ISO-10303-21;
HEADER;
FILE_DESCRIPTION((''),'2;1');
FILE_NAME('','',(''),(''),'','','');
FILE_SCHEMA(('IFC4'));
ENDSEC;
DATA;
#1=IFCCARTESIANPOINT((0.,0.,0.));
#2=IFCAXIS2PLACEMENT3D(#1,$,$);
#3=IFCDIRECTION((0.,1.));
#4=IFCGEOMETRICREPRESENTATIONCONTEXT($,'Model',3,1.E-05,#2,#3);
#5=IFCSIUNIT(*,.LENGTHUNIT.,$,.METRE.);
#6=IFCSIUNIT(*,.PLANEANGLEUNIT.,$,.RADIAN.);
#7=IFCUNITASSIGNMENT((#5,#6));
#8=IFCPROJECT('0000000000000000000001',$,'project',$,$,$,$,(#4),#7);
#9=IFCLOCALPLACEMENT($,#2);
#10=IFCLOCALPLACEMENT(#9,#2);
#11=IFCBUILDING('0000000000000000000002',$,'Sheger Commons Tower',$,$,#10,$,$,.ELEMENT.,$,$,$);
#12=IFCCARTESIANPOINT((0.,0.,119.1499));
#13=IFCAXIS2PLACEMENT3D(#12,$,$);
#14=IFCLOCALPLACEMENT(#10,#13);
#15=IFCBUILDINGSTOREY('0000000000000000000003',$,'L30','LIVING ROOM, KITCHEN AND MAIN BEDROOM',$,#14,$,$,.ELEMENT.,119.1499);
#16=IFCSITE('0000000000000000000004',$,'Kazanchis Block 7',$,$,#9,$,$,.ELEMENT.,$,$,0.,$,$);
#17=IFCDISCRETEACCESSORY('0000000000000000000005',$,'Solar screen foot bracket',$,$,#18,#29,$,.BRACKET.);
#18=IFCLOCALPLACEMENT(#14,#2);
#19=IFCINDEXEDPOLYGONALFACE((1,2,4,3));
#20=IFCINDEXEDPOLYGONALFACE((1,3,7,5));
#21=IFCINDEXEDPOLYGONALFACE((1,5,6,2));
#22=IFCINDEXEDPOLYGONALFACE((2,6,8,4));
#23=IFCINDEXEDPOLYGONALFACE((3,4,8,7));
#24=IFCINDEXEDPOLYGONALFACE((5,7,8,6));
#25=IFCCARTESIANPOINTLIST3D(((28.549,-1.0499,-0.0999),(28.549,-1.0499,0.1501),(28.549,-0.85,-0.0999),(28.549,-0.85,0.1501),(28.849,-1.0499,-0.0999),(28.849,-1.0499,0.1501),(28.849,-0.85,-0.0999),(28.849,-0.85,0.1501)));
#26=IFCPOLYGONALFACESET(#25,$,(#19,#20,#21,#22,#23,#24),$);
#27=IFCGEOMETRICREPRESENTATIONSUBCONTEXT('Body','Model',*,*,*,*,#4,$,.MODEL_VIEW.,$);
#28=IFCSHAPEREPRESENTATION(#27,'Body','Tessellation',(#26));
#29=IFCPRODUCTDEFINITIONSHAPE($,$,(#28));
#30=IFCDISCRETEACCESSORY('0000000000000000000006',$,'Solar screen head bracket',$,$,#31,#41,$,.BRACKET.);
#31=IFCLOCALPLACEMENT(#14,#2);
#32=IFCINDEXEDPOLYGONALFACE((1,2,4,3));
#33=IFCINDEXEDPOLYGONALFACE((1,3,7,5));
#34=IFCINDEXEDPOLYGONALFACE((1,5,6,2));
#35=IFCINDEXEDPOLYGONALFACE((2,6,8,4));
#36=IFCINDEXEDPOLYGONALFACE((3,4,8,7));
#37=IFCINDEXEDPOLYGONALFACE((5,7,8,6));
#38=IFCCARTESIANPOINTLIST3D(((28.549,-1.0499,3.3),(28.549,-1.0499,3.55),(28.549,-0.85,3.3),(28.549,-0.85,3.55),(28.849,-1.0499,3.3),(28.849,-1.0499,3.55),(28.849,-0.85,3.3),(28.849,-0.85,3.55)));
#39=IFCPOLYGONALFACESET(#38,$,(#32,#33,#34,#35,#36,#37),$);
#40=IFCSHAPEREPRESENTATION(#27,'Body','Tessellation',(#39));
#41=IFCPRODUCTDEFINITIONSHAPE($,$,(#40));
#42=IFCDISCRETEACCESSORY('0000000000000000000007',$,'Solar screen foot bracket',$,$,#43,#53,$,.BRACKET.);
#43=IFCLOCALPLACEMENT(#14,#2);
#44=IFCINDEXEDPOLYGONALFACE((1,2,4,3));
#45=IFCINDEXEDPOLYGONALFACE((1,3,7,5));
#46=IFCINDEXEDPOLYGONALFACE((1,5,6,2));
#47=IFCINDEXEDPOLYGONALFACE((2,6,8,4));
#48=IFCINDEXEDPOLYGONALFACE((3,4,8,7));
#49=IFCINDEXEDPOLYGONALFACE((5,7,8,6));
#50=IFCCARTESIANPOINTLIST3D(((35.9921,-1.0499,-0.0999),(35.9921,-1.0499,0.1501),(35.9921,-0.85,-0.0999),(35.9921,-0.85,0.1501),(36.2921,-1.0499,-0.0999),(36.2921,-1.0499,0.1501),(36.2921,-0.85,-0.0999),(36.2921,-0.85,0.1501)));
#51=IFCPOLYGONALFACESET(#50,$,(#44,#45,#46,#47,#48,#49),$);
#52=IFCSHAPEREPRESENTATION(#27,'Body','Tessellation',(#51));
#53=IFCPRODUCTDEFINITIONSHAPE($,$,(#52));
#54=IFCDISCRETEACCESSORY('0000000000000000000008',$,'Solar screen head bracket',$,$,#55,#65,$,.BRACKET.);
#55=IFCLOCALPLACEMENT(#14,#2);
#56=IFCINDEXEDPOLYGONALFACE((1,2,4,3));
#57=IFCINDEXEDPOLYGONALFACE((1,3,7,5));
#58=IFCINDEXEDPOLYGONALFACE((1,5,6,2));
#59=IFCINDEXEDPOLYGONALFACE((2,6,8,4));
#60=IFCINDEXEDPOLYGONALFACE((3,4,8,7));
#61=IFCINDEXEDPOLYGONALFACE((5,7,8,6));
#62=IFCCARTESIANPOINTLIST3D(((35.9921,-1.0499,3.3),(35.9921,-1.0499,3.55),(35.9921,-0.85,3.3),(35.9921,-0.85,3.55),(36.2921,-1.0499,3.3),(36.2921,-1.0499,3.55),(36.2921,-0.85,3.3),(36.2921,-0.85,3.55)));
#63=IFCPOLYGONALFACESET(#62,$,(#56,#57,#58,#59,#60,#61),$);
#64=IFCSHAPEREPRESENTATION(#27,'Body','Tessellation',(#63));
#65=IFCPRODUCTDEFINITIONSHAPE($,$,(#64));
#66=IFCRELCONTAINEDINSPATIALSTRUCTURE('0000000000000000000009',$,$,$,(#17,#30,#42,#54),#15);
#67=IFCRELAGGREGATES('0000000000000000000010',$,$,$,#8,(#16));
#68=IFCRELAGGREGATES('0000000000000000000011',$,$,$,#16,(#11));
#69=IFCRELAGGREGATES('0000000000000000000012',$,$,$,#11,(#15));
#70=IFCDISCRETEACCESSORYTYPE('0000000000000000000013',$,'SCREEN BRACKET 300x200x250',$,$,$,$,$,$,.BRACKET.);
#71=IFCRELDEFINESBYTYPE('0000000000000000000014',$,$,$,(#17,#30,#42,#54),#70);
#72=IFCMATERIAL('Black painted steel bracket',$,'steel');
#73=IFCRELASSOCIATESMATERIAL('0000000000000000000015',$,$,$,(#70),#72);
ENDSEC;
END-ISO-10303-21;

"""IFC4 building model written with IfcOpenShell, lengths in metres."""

from ifc_helpers import new_model, si_unit, direction, frame, origin, origin_2d, place, context, subcontext, project, spatial, rectangle, extrude, material, type_object, element, save


model = new_model("IFC4")

# Units and contexts
model_context = context("Model", 3, precision=1e-05, world=origin(), true_north=direction((0.0, 1.0)))
body_context = subcontext(model_context, "Body", "Model", "MODEL_VIEW")
ifc_project = project(units=[si_unit("LENGTHUNIT", "METRE"), si_unit("PLANEANGLEUNIT", "RADIAN")], contexts=[model_context])

# Site, building, storey
site_placement = place(None, origin())
site = spatial("IfcSite", under=ifc_project, at=site_placement, Name="Kazanchis Block 7", CompositionType="ELEMENT", RefElevation=0.0)
building_placement = place(site_placement, origin())
building = spatial("IfcBuilding", under=site, at=building_placement, Name="Sheger Commons Tower", CompositionType="ELEMENT")
storey_placement = place(building_placement, frame((0.0, 0.0, 119.1499)))
storey = spatial("IfcBuildingStorey", under=building, at=storey_placement, Name="L30", Description="LIVING ROOM, KITCHEN AND MAIN BEDROOM", CompositionType="ELEMENT", Elevation=119.1499)

# Discrete accessories
ifc_material_1 = material(Name="Black painted steel bracket", Category="steel")
discrete_accessory_type = type_object("IfcDiscreteAccessoryType", Name="SCREEN BRACKET 300x200x250", PredefinedType="BRACKET", material=ifc_material_1)
for number, where, z_axis, x_axis, name in (
    (1, (28.699, -0.95, -0.0999), (0.0, 0.0, 1.0), (1.0, 0.0, 0.0), "Solar screen foot bracket"),
    (2, (28.699, -0.95, 3.3), (0.0, 0.0, 1.0), (1.0, 0.0, 0.0), "Solar screen head bracket"),
    (3, (36.1421, -0.95, -0.0999), (0.0, 0.0, 1.0), (1.0, 0.0, 0.0), "Solar screen foot bracket"),
    (4, (36.1421, -0.95, 3.3), (0.0, 0.0, 1.0), (1.0, 0.0, 0.0), "Solar screen head bracket"),
):
    element("IfcDiscreteAccessory", number, at=place(storey_placement, frame(where, z_axis=z_axis, x_axis=x_axis)), inside=storey, type_object=discrete_accessory_type, Name=name, PredefinedType="BRACKET", context=body_context, shape_type="SweptSolid", body=[
        extrude(rectangle(XDim=0.3, YDim=0.2, at=origin_2d()), origin(), (0.0, 0.0, 1.0), 0.25),
    ])

save(model, "model.ifc")
